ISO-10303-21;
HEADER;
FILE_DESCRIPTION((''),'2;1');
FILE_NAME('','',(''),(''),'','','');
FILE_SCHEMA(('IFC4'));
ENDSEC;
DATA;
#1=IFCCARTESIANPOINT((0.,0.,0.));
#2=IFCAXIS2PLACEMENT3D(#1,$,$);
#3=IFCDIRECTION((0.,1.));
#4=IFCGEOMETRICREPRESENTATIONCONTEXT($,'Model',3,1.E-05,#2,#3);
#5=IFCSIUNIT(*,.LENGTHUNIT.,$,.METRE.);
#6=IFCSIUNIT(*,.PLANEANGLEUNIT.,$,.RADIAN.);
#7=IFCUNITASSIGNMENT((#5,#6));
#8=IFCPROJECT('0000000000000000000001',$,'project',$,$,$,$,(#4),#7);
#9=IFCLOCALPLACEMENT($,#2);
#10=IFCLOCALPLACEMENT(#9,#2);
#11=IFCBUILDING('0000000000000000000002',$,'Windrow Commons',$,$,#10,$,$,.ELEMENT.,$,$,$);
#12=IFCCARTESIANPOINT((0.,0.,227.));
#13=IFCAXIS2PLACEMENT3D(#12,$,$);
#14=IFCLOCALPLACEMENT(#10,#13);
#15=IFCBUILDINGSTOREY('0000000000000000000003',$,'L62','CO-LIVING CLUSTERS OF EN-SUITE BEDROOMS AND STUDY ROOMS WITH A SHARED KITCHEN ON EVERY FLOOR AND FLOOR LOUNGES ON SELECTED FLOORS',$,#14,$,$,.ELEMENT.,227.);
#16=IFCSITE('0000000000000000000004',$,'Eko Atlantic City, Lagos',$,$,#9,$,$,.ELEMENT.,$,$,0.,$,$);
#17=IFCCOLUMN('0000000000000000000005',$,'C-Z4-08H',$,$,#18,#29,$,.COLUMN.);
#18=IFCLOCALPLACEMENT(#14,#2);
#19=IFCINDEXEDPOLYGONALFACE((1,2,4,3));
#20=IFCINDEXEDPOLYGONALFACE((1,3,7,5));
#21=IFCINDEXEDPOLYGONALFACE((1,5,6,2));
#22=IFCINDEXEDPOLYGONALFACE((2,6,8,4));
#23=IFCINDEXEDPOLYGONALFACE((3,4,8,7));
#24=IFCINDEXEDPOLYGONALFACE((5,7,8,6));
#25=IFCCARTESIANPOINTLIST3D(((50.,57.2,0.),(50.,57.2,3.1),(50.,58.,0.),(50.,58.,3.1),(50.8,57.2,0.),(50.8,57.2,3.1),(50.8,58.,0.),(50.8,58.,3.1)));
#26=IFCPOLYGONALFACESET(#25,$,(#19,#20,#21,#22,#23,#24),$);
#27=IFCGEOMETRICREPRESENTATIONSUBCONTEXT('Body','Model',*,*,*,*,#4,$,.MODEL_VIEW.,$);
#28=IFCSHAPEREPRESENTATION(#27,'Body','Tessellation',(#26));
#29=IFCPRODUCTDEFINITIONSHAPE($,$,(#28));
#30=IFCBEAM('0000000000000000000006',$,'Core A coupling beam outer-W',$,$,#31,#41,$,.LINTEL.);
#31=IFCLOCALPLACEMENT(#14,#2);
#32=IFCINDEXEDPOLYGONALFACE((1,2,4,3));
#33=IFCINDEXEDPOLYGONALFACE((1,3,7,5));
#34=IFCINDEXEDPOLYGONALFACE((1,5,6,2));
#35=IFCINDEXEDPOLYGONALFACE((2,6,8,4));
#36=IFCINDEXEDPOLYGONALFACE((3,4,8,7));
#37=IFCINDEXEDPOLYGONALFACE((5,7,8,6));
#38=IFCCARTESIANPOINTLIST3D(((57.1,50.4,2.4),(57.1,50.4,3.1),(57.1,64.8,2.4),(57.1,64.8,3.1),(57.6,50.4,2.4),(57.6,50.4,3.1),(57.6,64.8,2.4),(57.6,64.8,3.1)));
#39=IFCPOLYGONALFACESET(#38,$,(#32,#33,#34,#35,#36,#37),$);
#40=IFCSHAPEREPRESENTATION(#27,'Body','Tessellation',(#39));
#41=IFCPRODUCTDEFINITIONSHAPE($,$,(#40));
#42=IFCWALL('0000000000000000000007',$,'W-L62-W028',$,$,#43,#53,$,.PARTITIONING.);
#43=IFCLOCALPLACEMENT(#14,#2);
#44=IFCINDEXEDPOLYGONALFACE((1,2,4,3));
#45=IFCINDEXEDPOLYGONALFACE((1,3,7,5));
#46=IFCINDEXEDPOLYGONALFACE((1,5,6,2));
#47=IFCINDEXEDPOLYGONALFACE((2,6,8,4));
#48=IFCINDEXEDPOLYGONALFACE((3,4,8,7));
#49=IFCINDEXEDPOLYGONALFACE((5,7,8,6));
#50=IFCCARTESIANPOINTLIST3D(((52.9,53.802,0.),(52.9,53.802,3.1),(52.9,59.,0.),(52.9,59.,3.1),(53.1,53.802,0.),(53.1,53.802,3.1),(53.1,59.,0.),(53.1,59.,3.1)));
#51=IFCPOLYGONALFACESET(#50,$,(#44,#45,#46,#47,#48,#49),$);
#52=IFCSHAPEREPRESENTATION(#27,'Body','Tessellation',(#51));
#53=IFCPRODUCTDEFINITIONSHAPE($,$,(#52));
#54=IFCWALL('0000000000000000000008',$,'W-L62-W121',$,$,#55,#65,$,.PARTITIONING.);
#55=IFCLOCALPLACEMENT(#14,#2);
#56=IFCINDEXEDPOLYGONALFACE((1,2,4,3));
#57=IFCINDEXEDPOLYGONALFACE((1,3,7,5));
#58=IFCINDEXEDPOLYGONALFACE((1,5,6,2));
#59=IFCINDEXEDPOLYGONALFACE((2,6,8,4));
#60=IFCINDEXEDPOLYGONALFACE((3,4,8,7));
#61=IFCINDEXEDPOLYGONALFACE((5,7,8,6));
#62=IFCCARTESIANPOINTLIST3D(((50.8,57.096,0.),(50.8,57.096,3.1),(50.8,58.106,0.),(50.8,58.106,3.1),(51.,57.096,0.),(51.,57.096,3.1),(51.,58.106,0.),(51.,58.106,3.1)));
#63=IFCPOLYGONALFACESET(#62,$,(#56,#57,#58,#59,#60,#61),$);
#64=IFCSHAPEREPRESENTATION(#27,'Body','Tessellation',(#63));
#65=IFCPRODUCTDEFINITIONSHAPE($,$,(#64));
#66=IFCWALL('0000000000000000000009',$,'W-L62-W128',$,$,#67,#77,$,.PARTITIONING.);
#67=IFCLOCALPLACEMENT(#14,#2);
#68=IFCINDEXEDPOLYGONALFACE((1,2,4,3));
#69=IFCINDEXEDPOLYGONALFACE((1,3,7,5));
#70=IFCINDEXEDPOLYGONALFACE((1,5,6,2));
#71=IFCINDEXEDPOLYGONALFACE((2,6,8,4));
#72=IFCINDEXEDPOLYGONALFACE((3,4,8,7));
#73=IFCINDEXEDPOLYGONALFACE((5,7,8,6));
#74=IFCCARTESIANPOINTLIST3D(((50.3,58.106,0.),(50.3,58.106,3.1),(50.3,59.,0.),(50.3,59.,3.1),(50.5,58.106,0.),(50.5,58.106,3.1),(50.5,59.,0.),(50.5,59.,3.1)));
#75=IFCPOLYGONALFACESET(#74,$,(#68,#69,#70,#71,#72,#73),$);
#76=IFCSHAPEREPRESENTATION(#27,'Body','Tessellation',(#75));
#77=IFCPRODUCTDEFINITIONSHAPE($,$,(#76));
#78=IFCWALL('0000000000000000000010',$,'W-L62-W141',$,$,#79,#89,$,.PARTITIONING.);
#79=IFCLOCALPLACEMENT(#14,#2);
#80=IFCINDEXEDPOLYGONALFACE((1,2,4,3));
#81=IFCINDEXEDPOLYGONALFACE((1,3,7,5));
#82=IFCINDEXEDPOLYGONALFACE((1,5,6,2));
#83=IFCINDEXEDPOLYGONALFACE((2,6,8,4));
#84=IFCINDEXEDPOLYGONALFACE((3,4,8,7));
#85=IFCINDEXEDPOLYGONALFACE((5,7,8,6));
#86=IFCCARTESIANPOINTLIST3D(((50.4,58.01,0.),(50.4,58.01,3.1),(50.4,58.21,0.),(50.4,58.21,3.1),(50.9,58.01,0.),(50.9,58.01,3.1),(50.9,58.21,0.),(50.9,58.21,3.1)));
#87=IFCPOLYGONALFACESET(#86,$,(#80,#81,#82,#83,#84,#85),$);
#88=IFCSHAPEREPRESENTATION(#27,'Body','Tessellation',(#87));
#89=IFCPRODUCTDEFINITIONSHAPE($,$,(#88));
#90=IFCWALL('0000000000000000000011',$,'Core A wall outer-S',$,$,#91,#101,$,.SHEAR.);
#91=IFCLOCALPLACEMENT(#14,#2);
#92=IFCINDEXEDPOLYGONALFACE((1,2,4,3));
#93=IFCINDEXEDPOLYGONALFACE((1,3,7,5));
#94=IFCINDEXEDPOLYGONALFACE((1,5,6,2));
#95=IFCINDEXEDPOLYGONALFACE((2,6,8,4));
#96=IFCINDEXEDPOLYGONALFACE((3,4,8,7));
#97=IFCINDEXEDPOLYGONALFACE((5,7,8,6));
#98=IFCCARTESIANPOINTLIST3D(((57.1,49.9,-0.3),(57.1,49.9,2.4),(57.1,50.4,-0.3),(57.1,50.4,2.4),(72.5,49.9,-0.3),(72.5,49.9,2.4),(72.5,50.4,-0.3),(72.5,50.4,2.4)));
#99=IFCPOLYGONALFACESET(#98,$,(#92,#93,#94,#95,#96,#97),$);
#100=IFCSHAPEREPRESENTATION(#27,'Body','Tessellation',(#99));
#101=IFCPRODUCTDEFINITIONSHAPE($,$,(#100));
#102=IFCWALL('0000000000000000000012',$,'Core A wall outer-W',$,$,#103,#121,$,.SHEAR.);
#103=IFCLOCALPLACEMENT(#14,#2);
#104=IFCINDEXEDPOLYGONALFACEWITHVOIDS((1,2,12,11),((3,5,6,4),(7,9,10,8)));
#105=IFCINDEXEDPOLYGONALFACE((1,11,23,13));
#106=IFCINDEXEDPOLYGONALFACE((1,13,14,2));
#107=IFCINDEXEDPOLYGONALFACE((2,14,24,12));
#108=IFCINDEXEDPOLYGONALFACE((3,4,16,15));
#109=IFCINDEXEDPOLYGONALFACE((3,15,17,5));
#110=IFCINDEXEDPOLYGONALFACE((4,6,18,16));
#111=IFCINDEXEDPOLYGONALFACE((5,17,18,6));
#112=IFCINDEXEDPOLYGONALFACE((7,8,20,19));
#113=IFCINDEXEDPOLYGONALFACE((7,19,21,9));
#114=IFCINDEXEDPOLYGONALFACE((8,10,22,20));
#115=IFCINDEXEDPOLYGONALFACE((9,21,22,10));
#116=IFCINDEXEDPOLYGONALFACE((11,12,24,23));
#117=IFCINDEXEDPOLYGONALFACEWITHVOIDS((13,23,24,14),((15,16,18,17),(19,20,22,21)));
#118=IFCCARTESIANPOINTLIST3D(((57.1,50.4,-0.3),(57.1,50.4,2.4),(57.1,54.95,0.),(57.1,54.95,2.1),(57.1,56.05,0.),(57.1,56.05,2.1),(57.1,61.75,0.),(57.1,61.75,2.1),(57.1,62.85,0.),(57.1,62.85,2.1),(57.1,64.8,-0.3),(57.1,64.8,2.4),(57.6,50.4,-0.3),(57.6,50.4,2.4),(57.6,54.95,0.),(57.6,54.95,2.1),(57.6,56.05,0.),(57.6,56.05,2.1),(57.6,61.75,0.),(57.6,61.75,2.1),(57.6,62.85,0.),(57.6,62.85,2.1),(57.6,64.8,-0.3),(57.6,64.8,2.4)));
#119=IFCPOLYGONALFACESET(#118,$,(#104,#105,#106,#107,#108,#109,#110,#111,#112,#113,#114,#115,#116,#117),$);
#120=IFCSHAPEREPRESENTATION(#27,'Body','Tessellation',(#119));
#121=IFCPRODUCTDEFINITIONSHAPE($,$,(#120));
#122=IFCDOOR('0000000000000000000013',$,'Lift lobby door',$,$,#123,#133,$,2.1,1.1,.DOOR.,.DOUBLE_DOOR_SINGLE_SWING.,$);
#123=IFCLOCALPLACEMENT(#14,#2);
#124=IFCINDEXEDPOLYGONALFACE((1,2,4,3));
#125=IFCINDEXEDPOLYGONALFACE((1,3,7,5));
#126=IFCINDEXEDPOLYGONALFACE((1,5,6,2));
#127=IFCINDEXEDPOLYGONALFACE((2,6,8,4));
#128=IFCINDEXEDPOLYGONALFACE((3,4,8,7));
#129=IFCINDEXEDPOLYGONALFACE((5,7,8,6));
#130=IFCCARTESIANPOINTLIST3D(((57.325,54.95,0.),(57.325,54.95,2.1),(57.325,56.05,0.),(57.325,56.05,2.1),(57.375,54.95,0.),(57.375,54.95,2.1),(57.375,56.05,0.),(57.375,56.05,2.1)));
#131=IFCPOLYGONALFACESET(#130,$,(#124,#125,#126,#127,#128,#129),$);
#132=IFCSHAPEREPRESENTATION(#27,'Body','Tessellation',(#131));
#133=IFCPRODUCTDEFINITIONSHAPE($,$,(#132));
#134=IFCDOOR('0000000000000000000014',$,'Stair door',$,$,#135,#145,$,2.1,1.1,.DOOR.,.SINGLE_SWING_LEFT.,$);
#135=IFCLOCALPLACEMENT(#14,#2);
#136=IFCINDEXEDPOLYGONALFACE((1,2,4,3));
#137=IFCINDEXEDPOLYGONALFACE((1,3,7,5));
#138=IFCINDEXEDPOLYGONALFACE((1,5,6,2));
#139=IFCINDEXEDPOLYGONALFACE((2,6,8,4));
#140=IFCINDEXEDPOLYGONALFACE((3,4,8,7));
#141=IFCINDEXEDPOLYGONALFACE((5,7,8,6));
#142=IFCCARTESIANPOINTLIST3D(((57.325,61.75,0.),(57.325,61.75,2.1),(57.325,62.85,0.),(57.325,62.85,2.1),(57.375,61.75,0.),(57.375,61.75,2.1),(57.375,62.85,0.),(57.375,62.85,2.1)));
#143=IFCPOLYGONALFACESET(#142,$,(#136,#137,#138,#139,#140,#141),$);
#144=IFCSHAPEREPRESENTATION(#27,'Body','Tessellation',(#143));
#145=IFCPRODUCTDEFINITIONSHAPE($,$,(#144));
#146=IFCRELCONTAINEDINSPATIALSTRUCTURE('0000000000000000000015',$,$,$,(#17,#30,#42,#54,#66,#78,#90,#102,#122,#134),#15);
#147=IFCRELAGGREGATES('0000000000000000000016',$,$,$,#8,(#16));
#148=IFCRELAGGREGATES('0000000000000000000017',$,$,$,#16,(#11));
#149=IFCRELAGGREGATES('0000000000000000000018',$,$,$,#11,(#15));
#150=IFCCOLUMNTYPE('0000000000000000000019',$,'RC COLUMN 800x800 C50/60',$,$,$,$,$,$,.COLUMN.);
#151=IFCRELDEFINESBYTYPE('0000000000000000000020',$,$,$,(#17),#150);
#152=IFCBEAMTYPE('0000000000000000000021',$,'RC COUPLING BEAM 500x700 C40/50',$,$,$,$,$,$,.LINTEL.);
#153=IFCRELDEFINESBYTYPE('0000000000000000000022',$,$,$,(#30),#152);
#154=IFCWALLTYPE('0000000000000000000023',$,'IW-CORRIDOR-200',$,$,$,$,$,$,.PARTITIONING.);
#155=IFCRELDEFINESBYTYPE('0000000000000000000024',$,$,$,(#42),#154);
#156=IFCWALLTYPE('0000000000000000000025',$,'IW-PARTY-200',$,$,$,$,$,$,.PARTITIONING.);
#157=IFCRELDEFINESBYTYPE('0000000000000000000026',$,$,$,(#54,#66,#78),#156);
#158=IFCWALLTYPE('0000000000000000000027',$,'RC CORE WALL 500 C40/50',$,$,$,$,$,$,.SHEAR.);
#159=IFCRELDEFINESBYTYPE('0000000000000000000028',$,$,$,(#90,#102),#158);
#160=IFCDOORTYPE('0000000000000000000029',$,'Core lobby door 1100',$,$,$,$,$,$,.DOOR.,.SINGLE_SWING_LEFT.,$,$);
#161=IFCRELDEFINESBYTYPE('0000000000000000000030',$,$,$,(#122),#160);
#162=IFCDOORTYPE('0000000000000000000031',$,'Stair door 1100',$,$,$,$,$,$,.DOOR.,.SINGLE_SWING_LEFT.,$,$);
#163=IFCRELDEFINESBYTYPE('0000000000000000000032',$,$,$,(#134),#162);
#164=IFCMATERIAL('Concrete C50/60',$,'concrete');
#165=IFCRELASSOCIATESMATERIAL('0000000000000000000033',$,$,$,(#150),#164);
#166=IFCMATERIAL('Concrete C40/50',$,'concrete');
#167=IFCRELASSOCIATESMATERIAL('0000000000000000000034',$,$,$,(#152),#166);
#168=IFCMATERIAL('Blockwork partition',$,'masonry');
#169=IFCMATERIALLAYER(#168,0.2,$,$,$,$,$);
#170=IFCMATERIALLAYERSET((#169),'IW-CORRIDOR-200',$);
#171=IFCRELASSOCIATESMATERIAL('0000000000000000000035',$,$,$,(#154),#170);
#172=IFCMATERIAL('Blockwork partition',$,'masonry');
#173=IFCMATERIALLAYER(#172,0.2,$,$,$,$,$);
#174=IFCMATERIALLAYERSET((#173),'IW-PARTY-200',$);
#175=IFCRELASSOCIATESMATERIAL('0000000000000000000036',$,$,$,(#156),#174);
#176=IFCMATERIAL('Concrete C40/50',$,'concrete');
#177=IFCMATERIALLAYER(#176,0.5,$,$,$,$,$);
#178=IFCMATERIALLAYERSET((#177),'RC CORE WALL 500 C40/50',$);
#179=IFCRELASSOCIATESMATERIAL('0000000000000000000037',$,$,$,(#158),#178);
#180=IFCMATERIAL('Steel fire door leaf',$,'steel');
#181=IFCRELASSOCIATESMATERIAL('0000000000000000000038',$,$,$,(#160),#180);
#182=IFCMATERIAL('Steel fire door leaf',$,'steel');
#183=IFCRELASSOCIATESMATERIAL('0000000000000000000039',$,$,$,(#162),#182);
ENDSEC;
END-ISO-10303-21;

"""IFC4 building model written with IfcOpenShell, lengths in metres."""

from ifc_helpers import new_model, si_unit, direction, frame, frame_2d, origin, origin_2d, place, context, subcontext, project, spatial, rectangle, extrude, material, layer, layer_set, material_profile, profile_set, type_object, element, fill, save


model = new_model("IFC4")

# Units and contexts
model_context = context("Model", 3, precision=1e-05, world=origin(), true_north=direction((0.0, 1.0)))
body_context = subcontext(model_context, "Body", "Model", "MODEL_VIEW")
ifc_project = project(units=[si_unit("LENGTHUNIT", "METRE"), si_unit("PLANEANGLEUNIT", "RADIAN")], contexts=[model_context])

# Site, building, storey
site_placement = place(None, origin())
site = spatial("IfcSite", under=ifc_project, at=site_placement, Name="Eko Atlantic City, Lagos", CompositionType="ELEMENT", RefElevation=0.0)
building_placement = place(site_placement, origin())
building = spatial("IfcBuilding", under=site, at=building_placement, Name="Windrow Commons", CompositionType="ELEMENT")
storey_placement = place(building_placement, frame((0.0, 0.0, 227.0)))
storey = spatial("IfcBuildingStorey", under=building, at=storey_placement, Name="L62", Description="CO-LIVING CLUSTERS OF EN-SUITE BEDROOMS AND STUDY ROOMS WITH A SHARED KITCHEN ON EVERY FLOOR AND FLOOR LOUNGES ON SELECTED FLOORS", CompositionType="ELEMENT", Elevation=227.0)

# Column
ifc_material_1 = material(Name="Concrete C50/60", Category="concrete")
ifc_material_profile_1 = material_profile(ifc_material_1, rectangle(XDim=0.8, YDim=0.8, at=origin_2d()))
ifc_profile_set_1 = profile_set([ifc_material_profile_1], Name="Concrete C50/60")
column_type = type_object("IfcColumnType", Name="RC COLUMN 800x800 C50/60", PredefinedType="COLUMN", material=ifc_profile_set_1)
column_placement = place(storey_placement, frame((50.4, 57.6, 0.0), z_axis=(0.0, 0.0, 1.0), x_axis=(1.0, 0.0, 0.0)))
element("IfcColumn", 1, at=column_placement, inside=storey, type_object=column_type, Name="C-Z4-08H", PredefinedType="COLUMN", context=body_context, shape_type="SweptSolid", body=[
    extrude(rectangle(XDim=0.8, YDim=0.8, at=origin_2d()), origin(), (0.0, 0.0, 1.0), 3.1),
])

# Beam
ifc_material_2 = material(Name="Concrete C40/50", Category="concrete")
ifc_material_profile_2 = material_profile(ifc_material_2, rectangle(XDim=0.5, YDim=0.7, at=origin_2d()))
ifc_profile_set_2 = profile_set([ifc_material_profile_2], Name="Concrete C40/50")
beam_type = type_object("IfcBeamType", Name="RC COUPLING BEAM 500x700 C40/50", PredefinedType="LINTEL", material=ifc_profile_set_2)
beam_placement = place(storey_placement, frame((57.35, 50.4, 2.75), z_axis=(0.0, 1.0, 0.0), x_axis=(-1.0, 0.0, 0.0)))
element("IfcBeam", 2, at=beam_placement, inside=storey, type_object=beam_type, Name="Core A coupling beam outer-W", PredefinedType="LINTEL", context=body_context, shape_type="SweptSolid", body=[
    extrude(rectangle(XDim=0.5, YDim=0.7, at=origin_2d()), origin(), (0.0, 0.0, 1.0), 14.4),
])

# Walls
ifc_material_3 = material(Name="Blockwork partition", Category="masonry")
ifc_layer_1 = layer(ifc_material_3, 0.2)
ifc_layer_set_1 = layer_set([ifc_layer_1], Name="IW-CORRIDOR-200")
wall_type_1 = type_object("IfcWallType", Name="IW-CORRIDOR-200", PredefinedType="PARTITIONING", material=ifc_layer_set_1)
wall_1_placement = place(storey_placement, frame((53.0, 53.802, 0.0), z_axis=(0.0, 0.0, 1.0), x_axis=(0.0, 1.0, 0.0)))
element("IfcWall", 3, at=wall_1_placement, inside=storey, type_object=wall_type_1, Name="W-L62-W028", PredefinedType="PARTITIONING", context=body_context, shape_type="SweptSolid", body=[
    extrude(rectangle(XDim=5.198, YDim=0.2, at=frame_2d((2.599, 0.0))), origin(), (0.0, 0.0, 1.0), 3.1),
])
ifc_material_4 = material(Name="Blockwork partition", Category="masonry")
ifc_layer_2 = layer(ifc_material_4, 0.2)
ifc_layer_set_2 = layer_set([ifc_layer_2], Name="IW-PARTY-200")
wall_type_2 = type_object("IfcWallType", Name="IW-PARTY-200", PredefinedType="PARTITIONING", material=ifc_layer_set_2)
wall_2_placement = place(storey_placement, frame((50.9, 57.096, 0.0), z_axis=(0.0, 0.0, 1.0), x_axis=(0.0, 1.0, 0.0)))
element("IfcWall", 4, at=wall_2_placement, inside=storey, type_object=wall_type_2, Name="W-L62-W121", PredefinedType="PARTITIONING", context=body_context, shape_type="SweptSolid", body=[
    extrude(rectangle(XDim=1.01, YDim=0.2, at=frame_2d((0.505, 0.0))), origin(), (0.0, 0.0, 1.0), 3.1),
])
wall_3_placement = place(storey_placement, frame((50.4, 58.106, 0.0), z_axis=(0.0, 0.0, 1.0), x_axis=(0.0, 1.0, 0.0)))
element("IfcWall", 5, at=wall_3_placement, inside=storey, type_object=wall_type_2, Name="W-L62-W128", PredefinedType="PARTITIONING", context=body_context, shape_type="SweptSolid", body=[
    extrude(rectangle(XDim=0.894, YDim=0.2, at=frame_2d((0.447, 0.0))), origin(), (0.0, 0.0, 1.0), 3.1),
])
wall_4_placement = place(storey_placement, frame((50.4, 58.11, 0.0), z_axis=(0.0, 0.0, 1.0), x_axis=(1.0, 0.0, 0.0)))
element("IfcWall", 6, at=wall_4_placement, inside=storey, type_object=wall_type_2, Name="W-L62-W141", PredefinedType="PARTITIONING", context=body_context, shape_type="SweptSolid", body=[
    extrude(rectangle(XDim=0.5, YDim=0.2, at=frame_2d((0.25, 0.0))), origin(), (0.0, 0.0, 1.0), 3.1),
])
ifc_material_5 = material(Name="Concrete C40/50", Category="concrete")
ifc_layer_3 = layer(ifc_material_5, 0.5)
ifc_layer_set_3 = layer_set([ifc_layer_3], Name="RC CORE WALL 500 C40/50")
wall_type_3 = type_object("IfcWallType", Name="RC CORE WALL 500 C40/50", PredefinedType="SHEAR", material=ifc_layer_set_3)
wall_5_placement = place(storey_placement, frame((57.1, 50.15, -0.3), z_axis=(0.0, 0.0, 1.0), x_axis=(1.0, 0.0, 0.0)))
element("IfcWall", 7, at=wall_5_placement, inside=storey, type_object=wall_type_3, Name="Core A wall outer-S", PredefinedType="SHEAR", context=body_context, shape_type="SweptSolid", body=[
    extrude(rectangle(XDim=15.4, YDim=0.5, at=frame_2d((7.7, 0.0))), origin(), (0.0, 0.0, 1.0), 2.7),
])

# Wall, openings, doors
wall_6_placement = place(storey_placement, frame((57.35, 50.4, -0.3), z_axis=(0.0, 0.0, 1.0), x_axis=(0.0, 1.0, 0.0)))
wall_6 = element("IfcWall", 8, at=wall_6_placement, inside=storey, type_object=wall_type_3, Name="Core A wall outer-W", PredefinedType="SHEAR", context=body_context, shape_type="SweptSolid", body=[
    extrude(rectangle(XDim=14.4, YDim=0.5, at=frame_2d((7.2, 0.0))), origin(), (0.0, 0.0, 1.0), 2.7),
])
opening_1_placement = place(wall_6_placement, frame((4.55, 0.0, 0.3)))
opening_1 = element("IfcOpeningElement", 9, at=opening_1_placement, cuts=wall_6, PredefinedType="OPENING", context=body_context, shape_type="SweptSolid", body=[
    extrude(rectangle(XDim=1.1, YDim=2.1, at=frame_2d((0.55, 1.05))), frame((0.0, 0.26, 0.0), z_axis=(0.0, -1.0, 0.0), x_axis=(1.0, 0.0, 0.0)), (0.0, 0.0, 1.0), 0.52),
])
opening_2_placement = place(wall_6_placement, frame((11.35, 0.0, 0.3)))
opening_2 = element("IfcOpeningElement", 10, at=opening_2_placement, cuts=wall_6, PredefinedType="OPENING", context=body_context, shape_type="SweptSolid", body=[
    extrude(rectangle(XDim=1.1, YDim=2.1, at=frame_2d((0.55, 1.05))), frame((0.0, 0.26, 0.0), z_axis=(0.0, -1.0, 0.0), x_axis=(1.0, 0.0, 0.0)), (0.0, 0.0, 1.0), 0.52),
])
ifc_material_6 = material(Name="Steel fire door leaf", Category="steel")
door_type_1 = type_object("IfcDoorType", Name="Core lobby door 1100", OperationType="SINGLE_SWING_LEFT", PredefinedType="DOOR", material=ifc_material_6)
door_1_placement = place(opening_1_placement, origin())
door_1 = element("IfcDoor", 11, at=door_1_placement, inside=storey, type_object=door_type_1, Name="Lift lobby door", OperationType="DOUBLE_DOOR_SINGLE_SWING", OverallHeight=2.1, OverallWidth=1.1, PredefinedType="DOOR", context=body_context, shape_type="SweptSolid", body=[
    extrude(rectangle(XDim=1.1, YDim=2.1, at=frame_2d((0.55, 1.05))), frame((0.0, 0.025, 0.0), z_axis=(0.0, -1.0, 0.0), x_axis=(1.0, 0.0, 0.0)), (0.0, 0.0, 1.0), 0.05),
])
fill(opening_1, door_1)
ifc_material_7 = material(Name="Steel fire door leaf", Category="steel")
door_type_2 = type_object("IfcDoorType", Name="Stair door 1100", OperationType="SINGLE_SWING_LEFT", PredefinedType="DOOR", material=ifc_material_7)
door_2_placement = place(opening_2_placement, origin())
door_2 = element("IfcDoor", 12, at=door_2_placement, inside=storey, type_object=door_type_2, Name="Stair door", OperationType="SINGLE_SWING_LEFT", OverallHeight=2.1, OverallWidth=1.1, PredefinedType="DOOR", context=body_context, shape_type="SweptSolid", body=[
    extrude(rectangle(XDim=1.1, YDim=2.1, at=frame_2d((0.55, 1.05))), frame((0.0, 0.025, 0.0), z_axis=(0.0, -1.0, 0.0), x_axis=(1.0, 0.0, 0.0)), (0.0, 0.0, 1.0), 0.05),
])
fill(opening_2, door_2)

save(model, "model.ifc")
